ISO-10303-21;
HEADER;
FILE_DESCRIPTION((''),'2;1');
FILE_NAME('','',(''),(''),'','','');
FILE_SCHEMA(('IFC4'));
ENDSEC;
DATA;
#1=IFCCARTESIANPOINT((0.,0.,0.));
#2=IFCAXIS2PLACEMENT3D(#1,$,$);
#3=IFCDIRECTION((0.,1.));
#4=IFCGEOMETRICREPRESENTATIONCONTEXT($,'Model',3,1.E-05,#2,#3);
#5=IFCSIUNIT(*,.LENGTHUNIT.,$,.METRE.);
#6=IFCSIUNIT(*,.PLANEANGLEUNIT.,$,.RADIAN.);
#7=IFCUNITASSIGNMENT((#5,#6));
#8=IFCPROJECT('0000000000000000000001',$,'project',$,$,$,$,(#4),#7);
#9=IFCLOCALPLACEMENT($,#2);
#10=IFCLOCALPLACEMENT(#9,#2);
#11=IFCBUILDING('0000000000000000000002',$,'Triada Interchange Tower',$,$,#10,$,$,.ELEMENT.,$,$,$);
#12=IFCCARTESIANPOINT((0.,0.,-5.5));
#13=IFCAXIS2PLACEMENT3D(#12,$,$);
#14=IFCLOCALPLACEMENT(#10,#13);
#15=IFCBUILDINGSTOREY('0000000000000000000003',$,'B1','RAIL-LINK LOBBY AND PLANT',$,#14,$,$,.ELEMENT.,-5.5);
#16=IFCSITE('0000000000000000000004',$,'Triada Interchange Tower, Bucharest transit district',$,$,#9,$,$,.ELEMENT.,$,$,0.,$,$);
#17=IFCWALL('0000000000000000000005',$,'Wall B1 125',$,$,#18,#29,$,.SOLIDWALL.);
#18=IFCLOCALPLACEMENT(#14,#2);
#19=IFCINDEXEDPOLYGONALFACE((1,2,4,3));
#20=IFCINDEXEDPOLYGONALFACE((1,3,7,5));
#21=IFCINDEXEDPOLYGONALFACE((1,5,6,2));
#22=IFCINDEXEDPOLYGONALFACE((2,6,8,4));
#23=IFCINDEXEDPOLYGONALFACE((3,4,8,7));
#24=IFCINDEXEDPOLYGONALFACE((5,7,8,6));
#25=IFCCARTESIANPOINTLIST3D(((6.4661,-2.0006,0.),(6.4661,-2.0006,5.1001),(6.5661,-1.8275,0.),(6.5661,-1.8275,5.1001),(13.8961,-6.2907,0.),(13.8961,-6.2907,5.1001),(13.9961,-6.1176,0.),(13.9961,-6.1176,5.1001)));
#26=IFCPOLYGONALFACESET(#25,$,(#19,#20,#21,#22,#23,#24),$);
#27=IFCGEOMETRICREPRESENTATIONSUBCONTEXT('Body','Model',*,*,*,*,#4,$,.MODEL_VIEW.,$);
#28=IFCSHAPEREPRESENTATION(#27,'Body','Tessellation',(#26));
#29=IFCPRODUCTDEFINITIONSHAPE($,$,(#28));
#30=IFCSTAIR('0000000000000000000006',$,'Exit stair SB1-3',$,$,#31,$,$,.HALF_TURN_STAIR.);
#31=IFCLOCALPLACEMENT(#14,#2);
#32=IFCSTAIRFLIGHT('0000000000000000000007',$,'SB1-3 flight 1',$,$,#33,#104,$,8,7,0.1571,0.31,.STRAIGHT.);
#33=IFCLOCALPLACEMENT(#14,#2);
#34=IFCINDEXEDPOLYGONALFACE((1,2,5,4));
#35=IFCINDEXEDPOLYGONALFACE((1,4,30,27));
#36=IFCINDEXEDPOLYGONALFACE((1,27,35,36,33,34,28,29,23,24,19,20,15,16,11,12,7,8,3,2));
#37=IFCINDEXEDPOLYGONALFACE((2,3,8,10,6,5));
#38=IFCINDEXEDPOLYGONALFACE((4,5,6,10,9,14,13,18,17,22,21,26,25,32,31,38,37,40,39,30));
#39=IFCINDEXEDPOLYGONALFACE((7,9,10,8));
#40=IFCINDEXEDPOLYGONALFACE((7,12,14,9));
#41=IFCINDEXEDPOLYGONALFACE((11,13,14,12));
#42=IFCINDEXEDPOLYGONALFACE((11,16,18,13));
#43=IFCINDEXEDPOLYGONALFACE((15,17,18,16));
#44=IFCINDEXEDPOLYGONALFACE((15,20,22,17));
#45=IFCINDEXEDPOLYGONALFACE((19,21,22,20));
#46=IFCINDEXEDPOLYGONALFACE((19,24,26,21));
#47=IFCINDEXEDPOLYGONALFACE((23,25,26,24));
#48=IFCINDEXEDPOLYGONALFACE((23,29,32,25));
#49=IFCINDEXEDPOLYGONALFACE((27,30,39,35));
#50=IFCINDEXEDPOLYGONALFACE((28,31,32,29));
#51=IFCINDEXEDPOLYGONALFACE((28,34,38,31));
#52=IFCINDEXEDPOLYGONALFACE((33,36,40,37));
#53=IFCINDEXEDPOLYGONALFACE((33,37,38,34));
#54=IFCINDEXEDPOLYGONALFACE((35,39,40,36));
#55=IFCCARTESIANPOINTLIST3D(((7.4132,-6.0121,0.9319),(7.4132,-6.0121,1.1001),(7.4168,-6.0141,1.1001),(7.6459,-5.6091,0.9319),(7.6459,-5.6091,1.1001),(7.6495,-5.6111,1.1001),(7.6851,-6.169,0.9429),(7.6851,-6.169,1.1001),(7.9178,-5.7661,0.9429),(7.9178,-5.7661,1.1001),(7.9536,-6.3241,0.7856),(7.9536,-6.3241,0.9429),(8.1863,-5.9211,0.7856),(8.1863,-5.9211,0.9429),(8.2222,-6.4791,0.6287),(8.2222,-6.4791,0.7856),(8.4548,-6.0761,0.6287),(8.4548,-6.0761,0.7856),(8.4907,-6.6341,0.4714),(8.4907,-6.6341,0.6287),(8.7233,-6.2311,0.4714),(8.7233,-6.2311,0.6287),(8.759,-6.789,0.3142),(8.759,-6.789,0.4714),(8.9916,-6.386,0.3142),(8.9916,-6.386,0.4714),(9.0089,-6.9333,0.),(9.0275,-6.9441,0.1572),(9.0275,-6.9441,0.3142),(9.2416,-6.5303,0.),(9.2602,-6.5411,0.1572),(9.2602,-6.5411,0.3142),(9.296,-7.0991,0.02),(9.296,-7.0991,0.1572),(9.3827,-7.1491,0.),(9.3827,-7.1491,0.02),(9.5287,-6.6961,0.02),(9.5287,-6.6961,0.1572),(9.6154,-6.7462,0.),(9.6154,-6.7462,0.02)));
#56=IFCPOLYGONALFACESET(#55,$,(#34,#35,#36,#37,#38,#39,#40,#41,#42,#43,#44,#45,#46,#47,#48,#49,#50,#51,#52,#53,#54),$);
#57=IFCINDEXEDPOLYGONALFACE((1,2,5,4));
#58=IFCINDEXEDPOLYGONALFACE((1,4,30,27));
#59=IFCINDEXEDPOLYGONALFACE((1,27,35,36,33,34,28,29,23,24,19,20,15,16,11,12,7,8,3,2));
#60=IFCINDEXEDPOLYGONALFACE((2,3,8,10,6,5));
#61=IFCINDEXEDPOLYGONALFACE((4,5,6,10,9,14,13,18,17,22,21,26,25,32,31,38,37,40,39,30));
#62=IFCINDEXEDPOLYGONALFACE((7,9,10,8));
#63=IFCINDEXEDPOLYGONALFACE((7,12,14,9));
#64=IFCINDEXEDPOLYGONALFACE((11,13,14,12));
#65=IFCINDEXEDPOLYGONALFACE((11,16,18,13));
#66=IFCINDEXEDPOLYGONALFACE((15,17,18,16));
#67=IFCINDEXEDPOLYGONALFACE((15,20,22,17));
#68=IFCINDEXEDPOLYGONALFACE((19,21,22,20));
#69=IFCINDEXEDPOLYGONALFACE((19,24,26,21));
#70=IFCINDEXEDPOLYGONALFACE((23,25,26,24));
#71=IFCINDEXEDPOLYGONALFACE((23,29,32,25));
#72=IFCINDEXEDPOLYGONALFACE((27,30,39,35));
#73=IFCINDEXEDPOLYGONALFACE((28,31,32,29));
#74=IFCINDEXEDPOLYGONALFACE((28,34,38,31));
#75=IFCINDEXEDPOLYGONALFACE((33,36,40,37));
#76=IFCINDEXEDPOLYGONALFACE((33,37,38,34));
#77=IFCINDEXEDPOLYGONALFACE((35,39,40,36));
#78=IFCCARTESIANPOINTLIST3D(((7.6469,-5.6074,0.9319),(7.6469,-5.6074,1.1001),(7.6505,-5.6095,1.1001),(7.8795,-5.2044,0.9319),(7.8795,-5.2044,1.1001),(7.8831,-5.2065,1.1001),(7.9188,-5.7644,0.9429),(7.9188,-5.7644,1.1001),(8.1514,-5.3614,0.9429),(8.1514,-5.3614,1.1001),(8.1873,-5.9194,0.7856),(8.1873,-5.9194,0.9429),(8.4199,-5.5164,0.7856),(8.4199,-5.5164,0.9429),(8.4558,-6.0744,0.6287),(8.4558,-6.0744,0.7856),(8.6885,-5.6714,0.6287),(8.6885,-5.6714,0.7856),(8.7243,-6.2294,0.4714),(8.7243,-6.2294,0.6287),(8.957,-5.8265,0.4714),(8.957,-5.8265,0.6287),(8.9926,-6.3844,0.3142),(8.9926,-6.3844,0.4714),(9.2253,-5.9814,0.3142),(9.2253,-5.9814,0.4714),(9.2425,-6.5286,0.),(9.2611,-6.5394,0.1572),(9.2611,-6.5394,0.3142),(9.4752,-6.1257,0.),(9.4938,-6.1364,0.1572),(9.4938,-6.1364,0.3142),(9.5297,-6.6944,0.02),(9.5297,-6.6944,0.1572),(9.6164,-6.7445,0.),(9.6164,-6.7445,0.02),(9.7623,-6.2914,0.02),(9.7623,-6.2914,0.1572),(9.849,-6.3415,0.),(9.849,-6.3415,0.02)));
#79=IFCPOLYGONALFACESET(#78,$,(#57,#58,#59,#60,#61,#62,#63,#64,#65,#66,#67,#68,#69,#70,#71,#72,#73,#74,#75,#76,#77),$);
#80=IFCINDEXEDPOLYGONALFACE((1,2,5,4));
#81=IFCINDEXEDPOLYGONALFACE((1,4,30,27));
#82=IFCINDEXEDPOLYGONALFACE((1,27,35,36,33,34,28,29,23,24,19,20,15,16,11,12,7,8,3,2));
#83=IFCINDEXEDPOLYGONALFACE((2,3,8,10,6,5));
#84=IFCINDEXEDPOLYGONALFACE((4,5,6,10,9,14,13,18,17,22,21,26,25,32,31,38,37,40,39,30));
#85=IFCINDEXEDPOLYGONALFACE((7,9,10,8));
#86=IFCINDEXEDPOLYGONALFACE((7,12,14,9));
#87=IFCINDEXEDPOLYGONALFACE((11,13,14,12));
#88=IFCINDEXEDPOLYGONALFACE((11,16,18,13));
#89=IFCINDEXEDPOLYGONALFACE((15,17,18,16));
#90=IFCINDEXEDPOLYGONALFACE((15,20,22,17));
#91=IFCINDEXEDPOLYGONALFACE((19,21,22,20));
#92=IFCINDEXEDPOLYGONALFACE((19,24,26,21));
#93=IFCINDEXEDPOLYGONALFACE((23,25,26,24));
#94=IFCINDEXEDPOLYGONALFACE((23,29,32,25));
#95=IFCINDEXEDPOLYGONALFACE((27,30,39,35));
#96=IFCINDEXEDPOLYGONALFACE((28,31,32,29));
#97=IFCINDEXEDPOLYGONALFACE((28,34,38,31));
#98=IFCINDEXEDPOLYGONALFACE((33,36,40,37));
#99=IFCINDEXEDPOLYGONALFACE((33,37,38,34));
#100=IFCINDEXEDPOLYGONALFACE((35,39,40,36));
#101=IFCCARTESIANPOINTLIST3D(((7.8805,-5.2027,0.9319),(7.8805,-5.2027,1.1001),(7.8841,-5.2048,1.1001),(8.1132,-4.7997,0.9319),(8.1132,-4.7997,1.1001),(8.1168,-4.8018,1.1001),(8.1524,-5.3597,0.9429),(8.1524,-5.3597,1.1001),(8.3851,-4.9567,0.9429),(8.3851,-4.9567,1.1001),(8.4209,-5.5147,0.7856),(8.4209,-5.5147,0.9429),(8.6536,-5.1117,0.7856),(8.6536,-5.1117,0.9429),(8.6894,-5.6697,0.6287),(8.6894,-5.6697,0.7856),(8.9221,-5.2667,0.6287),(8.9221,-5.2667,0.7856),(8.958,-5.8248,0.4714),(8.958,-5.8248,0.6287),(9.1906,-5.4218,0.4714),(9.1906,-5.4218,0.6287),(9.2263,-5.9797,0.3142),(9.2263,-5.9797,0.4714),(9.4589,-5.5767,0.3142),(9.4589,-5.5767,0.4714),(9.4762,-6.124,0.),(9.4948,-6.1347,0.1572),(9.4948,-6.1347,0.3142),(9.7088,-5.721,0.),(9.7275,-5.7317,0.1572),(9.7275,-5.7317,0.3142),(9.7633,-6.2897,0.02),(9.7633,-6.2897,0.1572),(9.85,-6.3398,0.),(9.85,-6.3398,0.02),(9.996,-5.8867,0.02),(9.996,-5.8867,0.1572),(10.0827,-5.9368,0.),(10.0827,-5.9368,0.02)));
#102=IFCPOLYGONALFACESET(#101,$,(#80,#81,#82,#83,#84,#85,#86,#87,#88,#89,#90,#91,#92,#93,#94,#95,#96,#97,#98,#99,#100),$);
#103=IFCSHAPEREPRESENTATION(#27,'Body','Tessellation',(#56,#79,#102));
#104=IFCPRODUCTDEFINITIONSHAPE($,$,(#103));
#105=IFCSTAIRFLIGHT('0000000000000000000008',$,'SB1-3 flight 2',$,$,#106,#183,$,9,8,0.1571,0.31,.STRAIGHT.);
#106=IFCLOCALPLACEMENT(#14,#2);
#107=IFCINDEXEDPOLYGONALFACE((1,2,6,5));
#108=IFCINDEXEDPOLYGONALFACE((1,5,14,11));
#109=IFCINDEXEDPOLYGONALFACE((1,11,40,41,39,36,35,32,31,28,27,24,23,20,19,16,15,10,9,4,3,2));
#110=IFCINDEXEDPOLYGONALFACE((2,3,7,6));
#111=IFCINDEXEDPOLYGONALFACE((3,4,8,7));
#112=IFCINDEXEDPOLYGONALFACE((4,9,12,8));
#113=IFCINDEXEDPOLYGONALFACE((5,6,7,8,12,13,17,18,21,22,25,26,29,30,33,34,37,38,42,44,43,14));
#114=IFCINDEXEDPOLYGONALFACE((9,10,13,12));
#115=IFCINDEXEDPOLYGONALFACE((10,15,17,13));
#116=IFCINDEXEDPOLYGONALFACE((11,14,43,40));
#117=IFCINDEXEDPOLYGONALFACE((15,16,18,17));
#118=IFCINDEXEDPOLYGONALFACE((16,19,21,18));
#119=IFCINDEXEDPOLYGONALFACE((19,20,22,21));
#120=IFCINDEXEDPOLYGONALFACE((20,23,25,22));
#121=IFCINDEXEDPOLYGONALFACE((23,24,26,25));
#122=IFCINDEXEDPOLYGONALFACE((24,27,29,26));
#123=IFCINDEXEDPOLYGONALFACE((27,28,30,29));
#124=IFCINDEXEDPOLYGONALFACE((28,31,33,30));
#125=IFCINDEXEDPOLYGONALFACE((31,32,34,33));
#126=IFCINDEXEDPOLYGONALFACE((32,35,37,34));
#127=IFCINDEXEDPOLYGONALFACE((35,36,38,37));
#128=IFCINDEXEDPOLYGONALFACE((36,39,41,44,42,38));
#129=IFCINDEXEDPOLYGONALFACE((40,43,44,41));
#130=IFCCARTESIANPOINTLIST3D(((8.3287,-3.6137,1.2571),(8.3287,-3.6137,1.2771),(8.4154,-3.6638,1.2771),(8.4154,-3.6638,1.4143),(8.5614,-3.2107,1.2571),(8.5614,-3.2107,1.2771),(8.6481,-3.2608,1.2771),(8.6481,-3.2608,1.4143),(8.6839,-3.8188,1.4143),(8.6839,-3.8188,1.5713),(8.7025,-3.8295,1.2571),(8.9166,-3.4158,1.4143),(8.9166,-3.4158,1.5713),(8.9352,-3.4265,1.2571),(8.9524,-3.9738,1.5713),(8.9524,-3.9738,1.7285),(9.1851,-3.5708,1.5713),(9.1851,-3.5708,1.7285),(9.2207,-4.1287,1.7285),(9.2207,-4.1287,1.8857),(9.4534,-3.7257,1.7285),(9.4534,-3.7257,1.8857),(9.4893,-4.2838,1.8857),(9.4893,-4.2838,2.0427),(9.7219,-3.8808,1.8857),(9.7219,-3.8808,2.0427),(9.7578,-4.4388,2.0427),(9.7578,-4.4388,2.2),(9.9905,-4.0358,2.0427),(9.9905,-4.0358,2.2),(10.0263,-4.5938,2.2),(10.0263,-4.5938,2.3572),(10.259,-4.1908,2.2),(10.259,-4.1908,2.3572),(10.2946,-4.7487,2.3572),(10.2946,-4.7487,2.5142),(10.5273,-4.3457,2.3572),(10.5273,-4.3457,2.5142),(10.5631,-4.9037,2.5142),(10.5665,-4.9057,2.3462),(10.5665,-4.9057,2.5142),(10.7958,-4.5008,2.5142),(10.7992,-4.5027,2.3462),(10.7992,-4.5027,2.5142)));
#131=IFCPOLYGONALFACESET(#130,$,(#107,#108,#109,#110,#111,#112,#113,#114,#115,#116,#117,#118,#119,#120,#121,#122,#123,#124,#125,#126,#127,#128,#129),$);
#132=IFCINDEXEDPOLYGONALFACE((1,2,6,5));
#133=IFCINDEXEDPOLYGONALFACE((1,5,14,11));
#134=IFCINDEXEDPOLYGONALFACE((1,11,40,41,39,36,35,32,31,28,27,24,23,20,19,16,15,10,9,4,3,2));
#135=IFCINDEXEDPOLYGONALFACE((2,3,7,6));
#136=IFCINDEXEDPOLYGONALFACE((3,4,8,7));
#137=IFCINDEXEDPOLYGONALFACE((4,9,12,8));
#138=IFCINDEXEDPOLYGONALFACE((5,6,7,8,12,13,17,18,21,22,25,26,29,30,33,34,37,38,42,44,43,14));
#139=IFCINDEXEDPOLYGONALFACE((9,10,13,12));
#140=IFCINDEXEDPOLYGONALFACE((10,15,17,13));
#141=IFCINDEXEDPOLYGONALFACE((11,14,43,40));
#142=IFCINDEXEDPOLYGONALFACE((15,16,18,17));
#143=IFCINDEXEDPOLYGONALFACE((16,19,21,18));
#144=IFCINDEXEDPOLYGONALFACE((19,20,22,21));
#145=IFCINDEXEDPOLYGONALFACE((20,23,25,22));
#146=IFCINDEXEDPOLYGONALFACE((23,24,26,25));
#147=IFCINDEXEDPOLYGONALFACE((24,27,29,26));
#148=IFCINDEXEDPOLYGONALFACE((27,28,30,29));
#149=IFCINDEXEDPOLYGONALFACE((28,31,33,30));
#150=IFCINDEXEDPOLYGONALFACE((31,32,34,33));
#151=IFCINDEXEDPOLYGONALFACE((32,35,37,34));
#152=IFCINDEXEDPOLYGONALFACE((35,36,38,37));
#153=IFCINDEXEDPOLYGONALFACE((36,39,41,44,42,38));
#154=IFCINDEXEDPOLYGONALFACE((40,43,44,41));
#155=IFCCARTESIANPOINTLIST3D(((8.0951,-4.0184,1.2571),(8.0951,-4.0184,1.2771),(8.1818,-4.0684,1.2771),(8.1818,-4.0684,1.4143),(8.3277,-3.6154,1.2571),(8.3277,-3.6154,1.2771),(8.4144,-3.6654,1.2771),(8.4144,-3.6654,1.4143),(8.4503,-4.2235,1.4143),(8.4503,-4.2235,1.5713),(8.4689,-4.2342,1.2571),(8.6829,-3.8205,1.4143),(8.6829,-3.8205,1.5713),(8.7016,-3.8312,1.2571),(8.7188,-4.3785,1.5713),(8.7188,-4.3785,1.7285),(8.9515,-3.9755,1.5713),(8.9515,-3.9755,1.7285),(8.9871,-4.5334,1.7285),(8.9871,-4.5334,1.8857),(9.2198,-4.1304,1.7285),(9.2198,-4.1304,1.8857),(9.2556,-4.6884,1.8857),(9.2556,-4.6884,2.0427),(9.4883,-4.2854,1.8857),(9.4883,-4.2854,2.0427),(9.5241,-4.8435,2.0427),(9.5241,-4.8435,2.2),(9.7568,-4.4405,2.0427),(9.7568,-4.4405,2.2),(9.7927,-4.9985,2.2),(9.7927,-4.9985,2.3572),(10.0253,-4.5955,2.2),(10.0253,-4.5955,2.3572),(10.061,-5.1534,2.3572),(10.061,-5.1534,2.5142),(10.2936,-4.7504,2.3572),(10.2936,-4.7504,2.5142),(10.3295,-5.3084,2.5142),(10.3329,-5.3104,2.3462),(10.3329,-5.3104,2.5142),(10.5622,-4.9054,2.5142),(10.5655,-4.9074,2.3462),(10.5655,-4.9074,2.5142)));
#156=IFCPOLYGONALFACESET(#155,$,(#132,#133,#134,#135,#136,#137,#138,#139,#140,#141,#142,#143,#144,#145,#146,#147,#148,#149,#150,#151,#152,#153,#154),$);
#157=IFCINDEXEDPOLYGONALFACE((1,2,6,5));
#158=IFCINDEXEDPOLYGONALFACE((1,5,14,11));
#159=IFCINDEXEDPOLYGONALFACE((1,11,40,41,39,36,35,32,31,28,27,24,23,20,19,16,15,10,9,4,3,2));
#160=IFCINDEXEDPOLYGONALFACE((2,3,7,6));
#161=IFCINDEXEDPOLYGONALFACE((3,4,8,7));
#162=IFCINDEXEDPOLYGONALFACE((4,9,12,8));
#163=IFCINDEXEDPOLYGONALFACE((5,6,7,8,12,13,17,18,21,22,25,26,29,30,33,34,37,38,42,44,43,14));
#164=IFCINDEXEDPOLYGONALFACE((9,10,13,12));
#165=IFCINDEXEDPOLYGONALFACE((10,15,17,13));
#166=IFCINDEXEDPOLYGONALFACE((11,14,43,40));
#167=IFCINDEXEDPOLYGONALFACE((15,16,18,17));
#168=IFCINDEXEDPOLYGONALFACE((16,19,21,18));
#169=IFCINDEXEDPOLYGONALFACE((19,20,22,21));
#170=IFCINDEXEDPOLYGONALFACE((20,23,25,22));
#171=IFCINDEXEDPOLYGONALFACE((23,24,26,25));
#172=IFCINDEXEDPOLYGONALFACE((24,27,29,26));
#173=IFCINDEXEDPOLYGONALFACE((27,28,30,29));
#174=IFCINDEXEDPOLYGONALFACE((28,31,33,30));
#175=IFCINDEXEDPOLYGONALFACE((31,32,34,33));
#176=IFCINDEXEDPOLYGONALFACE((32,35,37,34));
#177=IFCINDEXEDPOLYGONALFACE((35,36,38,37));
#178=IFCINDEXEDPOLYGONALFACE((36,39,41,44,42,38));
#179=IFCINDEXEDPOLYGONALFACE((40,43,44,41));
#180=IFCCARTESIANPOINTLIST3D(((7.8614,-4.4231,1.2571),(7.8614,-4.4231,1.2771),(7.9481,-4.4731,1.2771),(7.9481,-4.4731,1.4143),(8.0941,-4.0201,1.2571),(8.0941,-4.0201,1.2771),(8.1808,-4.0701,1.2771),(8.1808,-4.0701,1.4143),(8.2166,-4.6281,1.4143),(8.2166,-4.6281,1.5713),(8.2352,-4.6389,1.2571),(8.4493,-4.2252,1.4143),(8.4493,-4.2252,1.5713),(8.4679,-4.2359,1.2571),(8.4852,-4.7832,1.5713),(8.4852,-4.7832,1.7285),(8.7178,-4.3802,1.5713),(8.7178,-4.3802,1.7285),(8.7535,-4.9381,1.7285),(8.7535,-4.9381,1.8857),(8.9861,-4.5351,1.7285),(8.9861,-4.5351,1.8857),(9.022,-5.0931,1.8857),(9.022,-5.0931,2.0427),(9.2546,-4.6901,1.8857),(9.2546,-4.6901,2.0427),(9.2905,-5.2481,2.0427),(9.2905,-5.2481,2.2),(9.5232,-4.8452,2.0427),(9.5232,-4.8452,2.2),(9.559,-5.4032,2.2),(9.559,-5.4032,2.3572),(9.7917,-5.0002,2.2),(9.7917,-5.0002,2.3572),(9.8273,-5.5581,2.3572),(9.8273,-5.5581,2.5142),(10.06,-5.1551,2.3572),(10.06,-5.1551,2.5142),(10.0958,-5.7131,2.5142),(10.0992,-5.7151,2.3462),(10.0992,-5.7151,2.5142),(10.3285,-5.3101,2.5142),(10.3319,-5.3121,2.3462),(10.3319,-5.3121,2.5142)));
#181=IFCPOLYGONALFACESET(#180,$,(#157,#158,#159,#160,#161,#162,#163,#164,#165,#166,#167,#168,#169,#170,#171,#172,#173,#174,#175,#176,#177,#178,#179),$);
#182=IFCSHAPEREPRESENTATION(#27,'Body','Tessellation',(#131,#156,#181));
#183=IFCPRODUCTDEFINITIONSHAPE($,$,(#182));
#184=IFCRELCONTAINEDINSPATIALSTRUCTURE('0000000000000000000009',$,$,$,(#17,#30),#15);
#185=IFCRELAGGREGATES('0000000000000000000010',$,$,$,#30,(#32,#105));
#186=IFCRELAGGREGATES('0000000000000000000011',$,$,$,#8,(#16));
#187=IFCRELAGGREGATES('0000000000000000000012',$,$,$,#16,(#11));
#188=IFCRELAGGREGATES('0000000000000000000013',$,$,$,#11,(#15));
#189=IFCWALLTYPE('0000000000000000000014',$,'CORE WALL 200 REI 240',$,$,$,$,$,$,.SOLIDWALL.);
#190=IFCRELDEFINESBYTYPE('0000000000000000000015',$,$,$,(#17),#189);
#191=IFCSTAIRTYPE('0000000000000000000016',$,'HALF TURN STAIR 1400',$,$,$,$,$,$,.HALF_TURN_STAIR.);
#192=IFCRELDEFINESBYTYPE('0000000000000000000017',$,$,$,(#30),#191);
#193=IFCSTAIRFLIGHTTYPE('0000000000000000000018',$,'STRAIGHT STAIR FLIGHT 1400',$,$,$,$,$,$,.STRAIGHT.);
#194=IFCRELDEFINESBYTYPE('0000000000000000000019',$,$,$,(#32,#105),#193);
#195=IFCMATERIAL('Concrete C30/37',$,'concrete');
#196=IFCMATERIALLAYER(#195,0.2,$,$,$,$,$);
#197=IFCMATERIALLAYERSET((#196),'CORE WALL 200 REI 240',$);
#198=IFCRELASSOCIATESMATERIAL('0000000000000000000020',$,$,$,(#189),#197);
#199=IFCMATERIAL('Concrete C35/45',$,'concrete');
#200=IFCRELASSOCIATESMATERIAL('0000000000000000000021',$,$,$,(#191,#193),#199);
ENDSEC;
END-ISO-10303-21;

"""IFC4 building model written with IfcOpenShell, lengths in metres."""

from ifc_helpers import new_model, si_unit, direction, frame, frame_2d, origin, place, context, subcontext, project, spatial, polyline, rectangle, outline, extrude, material, layer, layer_set, type_object, element, aggregate, save


model = new_model("IFC4")

# Units and contexts
model_context = context("Model", 3, precision=1e-05, world=origin(), true_north=direction((0.0, 1.0)))
body_context = subcontext(model_context, "Body", "Model", "MODEL_VIEW")
ifc_project = project(units=[si_unit("LENGTHUNIT", "METRE"), si_unit("PLANEANGLEUNIT", "RADIAN")], contexts=[model_context])

# Site, building, storey
site_placement = place(None, origin())
site = spatial("IfcSite", under=ifc_project, at=site_placement, Name="Triada Interchange Tower, Bucharest transit district", CompositionType="ELEMENT", RefElevation=0.0)
building_placement = place(site_placement, origin())
building = spatial("IfcBuilding", under=site, at=building_placement, Name="Triada Interchange Tower", CompositionType="ELEMENT")
storey_placement = place(building_placement, frame((0.0, 0.0, -5.5)))
storey = spatial("IfcBuildingStorey", under=building, at=storey_placement, Name="B1", Description="RAIL-LINK LOBBY AND PLANT", CompositionType="ELEMENT", Elevation=-5.5)

# Shared definitions
ifc_material_1 = material(Name="Concrete C30/37", Category="concrete")

# Wall
ifc_layer_1 = layer(ifc_material_1, 0.2)
ifc_layer_set_1 = layer_set([ifc_layer_1], Name="CORE WALL 200 REI 240")
wall_type_1 = type_object("IfcWallType", Name="CORE WALL 200 REI 240", PredefinedType="SOLIDWALL", material=ifc_layer_set_1)
wall_1_placement = place(storey_placement, frame((6.5161, -1.9141, 0.0), z_axis=(0.0, 0.0, 1.0), x_axis=(0.866007, -0.500032, 0.0)))
element("IfcWall", 1, at=wall_1_placement, inside=storey, type_object=wall_type_1, Name="Wall B1 125", PredefinedType="SOLIDWALL", context=body_context, shape_type="SweptSolid", body=[
    extrude(rectangle(XDim=8.5796, YDim=0.2, at=frame_2d((4.2898, 0.0))), origin(), (0.0, 0.0, 1.0), 5.1001),
])

# Stair, stair flights
ifc_material_2 = material(Name="Concrete C35/45", Category="concrete")
stair_type = type_object("IfcStairType", Name="HALF TURN STAIR 1400", PredefinedType="HALF_TURN_STAIR", material=ifc_material_2)
stair_placement = place(storey_placement, origin())
stair = element("IfcStair", 2, at=stair_placement, inside=storey, type_object=stair_type, Name="Exit stair SB1-3", PredefinedType="HALF_TURN_STAIR")
stair_flight_type = type_object("IfcStairFlightType", Name="STRAIGHT STAIR FLIGHT 1400", PredefinedType="STRAIGHT", material=ifc_material_2)
stair_flight_1_placement = place(storey_placement, frame((9.646, -6.4929, 0.0), z_axis=(0.0, 0.0, 1.0), x_axis=(-0.866025, 0.5, 0.0)))
stair_flight_1 = element("IfcStairFlight", 3, at=stair_flight_1_placement, type_object=stair_flight_type, Name="SB1-3 flight 1", NumberOfRisers=8, NumberOfTreads=7, PredefinedType="STRAIGHT", RiserHeight=0.1571, TreadLength=0.31, context=body_context, shape_type="SweptSolid", body=[
    extrude(outline(polyline([(-0.1001, 0.0), (-0.1001, 0.02), (0.0, 0.02), (0.0, 0.1572), (0.3101, 0.1572), (0.3101, 0.3142), (0.6201, 0.3142), (0.6201, 0.4714), (0.9299, 0.4714), (0.9299, 0.6287), (1.24, 0.6287), (1.24, 0.7856), (1.55, 0.7856), (1.55, 0.9429), (1.8601, 0.9429), (1.8601, 1.1001), (2.1699, 1.1001), (2.1741, 1.1001), (2.1741, 1.2571), (2.1741, 0.9319), (0.3315, 0.0), (-0.1001, 0.0)])), frame((0.0, 0.7, 0.0), z_axis=(0.0, -1.0, 0.0), x_axis=(1.0, 0.0, 0.0)), (0.0, 0.0, 1.0), 0.4653),
    extrude(outline(polyline([(-0.1001, 0.0), (-0.1001, 0.02), (0.0, 0.02), (0.0, 0.1572), (0.3101, 0.1572), (0.3101, 0.3142), (0.6201, 0.3142), (0.6201, 0.4714), (0.9299, 0.4714), (0.9299, 0.6287), (1.24, 0.6287), (1.24, 0.7856), (1.55, 0.7856), (1.55, 0.9429), (1.8601, 0.9429), (1.8601, 1.1001), (2.1699, 1.1001), (2.1741, 1.1001), (2.1741, 1.2571), (2.1741, 0.9319), (0.3315, 0.0), (-0.1001, 0.0)])), frame((0.0, 0.2327, 0.0), z_axis=(0.0, -1.0, 0.0), x_axis=(1.0, 0.0, 0.0)), (0.0, 0.0, 1.0), 0.4653),
    extrude(outline(polyline([(-0.1001, 0.0), (-0.1001, 0.02), (0.0, 0.02), (0.0, 0.1572), (0.3101, 0.1572), (0.3101, 0.3142), (0.6201, 0.3142), (0.6201, 0.4714), (0.9299, 0.4714), (0.9299, 0.6287), (1.24, 0.6287), (1.24, 0.7856), (1.55, 0.7856), (1.55, 0.9429), (1.8601, 0.9429), (1.8601, 1.1001), (2.1699, 1.1001), (2.1741, 1.1001), (2.1741, 1.2571), (2.1741, 0.9319), (0.3315, 0.0), (-0.1001, 0.0)])), frame((0.0, -0.2346, 0.0), z_axis=(0.0, -1.0, 0.0), x_axis=(1.0, 0.0, 0.0)), (0.0, 0.0, 1.0), 0.4653),
])
stair_flight_2_placement = place(storey_placement, frame((8.2981, -3.8669, 1.2571), z_axis=(0.0, 0.0, 1.0), x_axis=(0.866025, -0.5, 0.0)))
stair_flight_2 = element("IfcStairFlight", 4, at=stair_flight_2_placement, type_object=stair_flight_type, Name="SB1-3 flight 2", NumberOfRisers=9, NumberOfTreads=8, PredefinedType="STRAIGHT", RiserHeight=0.1571, TreadLength=0.31, context=body_context, shape_type="SweptSolid", body=[
    extrude(outline(polyline([(-0.1001, 0.0), (-0.1001, 0.02), (0.0, 0.02), (0.0, 0.1572), (0.3101, 0.1572), (0.3101, 0.3142), (0.6201, 0.3142), (0.6201, 0.4714), (0.9299, 0.4714), (0.9299, 0.6287), (1.24, 0.6287), (1.24, 0.7856), (1.55, 0.7856), (1.55, 0.9429), (1.8601, 0.9429), (1.8601, 1.1001), (2.1699, 1.1001), (2.1699, 1.2571), (2.48, 1.2571), (2.4839, 1.2571), (2.4839, 1.4143), (2.4839, 1.0891), (0.3315, 0.0), (-0.1001, 0.0)])), frame((0.0, 0.7, 0.0), z_axis=(0.0, -1.0, 0.0), x_axis=(1.0, 0.0, 0.0)), (0.0, 0.0, 1.0), 0.4653),
    extrude(outline(polyline([(-0.1001, 0.0), (-0.1001, 0.02), (0.0, 0.02), (0.0, 0.1572), (0.3101, 0.1572), (0.3101, 0.3142), (0.6201, 0.3142), (0.6201, 0.4714), (0.9299, 0.4714), (0.9299, 0.6287), (1.24, 0.6287), (1.24, 0.7856), (1.55, 0.7856), (1.55, 0.9429), (1.8601, 0.9429), (1.8601, 1.1001), (2.1699, 1.1001), (2.1699, 1.2571), (2.48, 1.2571), (2.4839, 1.2571), (2.4839, 1.4143), (2.4839, 1.0891), (0.3315, 0.0), (-0.1001, 0.0)])), frame((0.0, 0.2327, 0.0), z_axis=(0.0, -1.0, 0.0), x_axis=(1.0, 0.0, 0.0)), (0.0, 0.0, 1.0), 0.4653),
    extrude(outline(polyline([(-0.1001, 0.0), (-0.1001, 0.02), (0.0, 0.02), (0.0, 0.1572), (0.3101, 0.1572), (0.3101, 0.3142), (0.6201, 0.3142), (0.6201, 0.4714), (0.9299, 0.4714), (0.9299, 0.6287), (1.24, 0.6287), (1.24, 0.7856), (1.55, 0.7856), (1.55, 0.9429), (1.8601, 0.9429), (1.8601, 1.1001), (2.1699, 1.1001), (2.1699, 1.2571), (2.48, 1.2571), (2.4839, 1.2571), (2.4839, 1.4143), (2.4839, 1.0891), (0.3315, 0.0), (-0.1001, 0.0)])), frame((0.0, -0.2346, 0.0), z_axis=(0.0, -1.0, 0.0), x_axis=(1.0, 0.0, 0.0)), (0.0, 0.0, 1.0), 0.4653),
])
aggregate(stair, [stair_flight_1, stair_flight_2])

save(model, "model.ifc")
